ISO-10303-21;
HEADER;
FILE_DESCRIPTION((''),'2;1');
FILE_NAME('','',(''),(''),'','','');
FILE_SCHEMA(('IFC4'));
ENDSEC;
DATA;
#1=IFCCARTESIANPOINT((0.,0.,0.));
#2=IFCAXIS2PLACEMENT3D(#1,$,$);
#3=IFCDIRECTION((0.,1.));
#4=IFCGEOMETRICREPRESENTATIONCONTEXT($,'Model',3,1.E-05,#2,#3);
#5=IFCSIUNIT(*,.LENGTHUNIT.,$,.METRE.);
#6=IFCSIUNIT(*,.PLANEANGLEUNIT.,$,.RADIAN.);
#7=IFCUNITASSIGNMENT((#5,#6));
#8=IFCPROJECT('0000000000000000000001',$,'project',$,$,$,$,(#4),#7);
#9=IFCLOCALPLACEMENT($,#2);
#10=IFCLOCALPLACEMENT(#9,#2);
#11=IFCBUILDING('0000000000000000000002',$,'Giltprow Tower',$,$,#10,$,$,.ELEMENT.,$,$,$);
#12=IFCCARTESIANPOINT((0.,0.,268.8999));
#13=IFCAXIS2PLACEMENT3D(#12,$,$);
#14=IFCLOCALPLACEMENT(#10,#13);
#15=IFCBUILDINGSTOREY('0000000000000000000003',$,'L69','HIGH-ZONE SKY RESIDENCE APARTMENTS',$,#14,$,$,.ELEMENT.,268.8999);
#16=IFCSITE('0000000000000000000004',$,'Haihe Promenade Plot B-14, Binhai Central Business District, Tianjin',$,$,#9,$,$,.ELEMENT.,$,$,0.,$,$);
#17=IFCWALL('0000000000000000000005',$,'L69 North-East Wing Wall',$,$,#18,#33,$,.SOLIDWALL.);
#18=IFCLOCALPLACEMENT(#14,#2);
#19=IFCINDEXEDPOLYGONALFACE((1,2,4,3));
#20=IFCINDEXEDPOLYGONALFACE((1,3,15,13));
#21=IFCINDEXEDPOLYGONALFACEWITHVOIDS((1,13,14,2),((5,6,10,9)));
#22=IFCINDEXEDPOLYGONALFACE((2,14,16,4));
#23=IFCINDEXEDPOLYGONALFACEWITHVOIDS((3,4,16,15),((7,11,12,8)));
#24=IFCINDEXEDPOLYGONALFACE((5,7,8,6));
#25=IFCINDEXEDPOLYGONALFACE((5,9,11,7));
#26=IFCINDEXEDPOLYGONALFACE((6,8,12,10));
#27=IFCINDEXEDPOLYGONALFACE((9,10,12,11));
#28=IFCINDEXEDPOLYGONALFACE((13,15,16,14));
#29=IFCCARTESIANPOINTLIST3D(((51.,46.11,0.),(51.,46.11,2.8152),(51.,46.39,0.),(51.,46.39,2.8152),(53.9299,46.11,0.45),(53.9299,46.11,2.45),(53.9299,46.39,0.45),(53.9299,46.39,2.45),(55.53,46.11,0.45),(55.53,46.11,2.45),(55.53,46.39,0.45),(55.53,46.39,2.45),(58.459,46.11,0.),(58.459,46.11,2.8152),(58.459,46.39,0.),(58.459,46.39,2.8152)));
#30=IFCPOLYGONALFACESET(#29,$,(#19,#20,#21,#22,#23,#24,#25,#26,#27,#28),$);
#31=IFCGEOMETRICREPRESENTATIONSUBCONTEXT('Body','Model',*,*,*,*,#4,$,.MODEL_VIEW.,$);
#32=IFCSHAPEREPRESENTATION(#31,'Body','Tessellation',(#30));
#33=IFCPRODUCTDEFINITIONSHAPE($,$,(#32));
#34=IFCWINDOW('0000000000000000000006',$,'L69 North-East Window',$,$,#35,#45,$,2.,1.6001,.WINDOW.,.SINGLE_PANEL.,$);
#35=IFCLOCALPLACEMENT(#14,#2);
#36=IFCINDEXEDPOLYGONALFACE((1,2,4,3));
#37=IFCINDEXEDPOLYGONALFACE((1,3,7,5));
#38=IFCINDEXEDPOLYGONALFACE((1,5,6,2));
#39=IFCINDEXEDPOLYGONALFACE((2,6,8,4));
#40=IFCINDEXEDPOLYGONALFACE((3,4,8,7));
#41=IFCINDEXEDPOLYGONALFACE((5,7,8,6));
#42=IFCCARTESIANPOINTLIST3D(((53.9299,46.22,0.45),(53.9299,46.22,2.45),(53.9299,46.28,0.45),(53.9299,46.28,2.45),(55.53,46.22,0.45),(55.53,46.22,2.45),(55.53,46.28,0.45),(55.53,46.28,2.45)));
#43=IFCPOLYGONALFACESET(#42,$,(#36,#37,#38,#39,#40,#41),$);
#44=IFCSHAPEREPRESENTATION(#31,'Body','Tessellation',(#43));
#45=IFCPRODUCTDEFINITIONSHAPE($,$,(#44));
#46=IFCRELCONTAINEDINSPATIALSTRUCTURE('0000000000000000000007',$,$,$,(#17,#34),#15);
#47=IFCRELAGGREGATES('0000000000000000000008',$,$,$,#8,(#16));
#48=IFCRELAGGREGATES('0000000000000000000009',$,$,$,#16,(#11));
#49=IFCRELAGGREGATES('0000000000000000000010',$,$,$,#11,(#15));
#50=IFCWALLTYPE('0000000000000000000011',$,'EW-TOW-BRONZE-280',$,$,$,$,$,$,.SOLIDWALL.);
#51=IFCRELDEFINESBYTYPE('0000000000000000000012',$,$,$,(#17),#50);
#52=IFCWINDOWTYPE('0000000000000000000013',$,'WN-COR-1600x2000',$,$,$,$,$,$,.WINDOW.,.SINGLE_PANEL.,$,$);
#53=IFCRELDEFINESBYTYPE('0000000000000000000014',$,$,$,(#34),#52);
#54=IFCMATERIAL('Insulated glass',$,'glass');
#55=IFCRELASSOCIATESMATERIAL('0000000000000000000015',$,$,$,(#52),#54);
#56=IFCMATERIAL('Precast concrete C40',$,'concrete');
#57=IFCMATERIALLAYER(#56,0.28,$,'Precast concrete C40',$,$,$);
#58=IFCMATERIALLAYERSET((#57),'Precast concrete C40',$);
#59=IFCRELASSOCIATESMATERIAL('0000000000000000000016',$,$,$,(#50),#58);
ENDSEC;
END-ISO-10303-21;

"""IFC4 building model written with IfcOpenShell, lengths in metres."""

from ifc_helpers import new_model, si_unit, direction, frame, frame_2d, origin, place, context, subcontext, project, spatial, rectangle, extrude, source, transform, mapped, material, layer, layer_set, type_object, element, fill, save


model = new_model("IFC4")

# Units and contexts
model_context = context("Model", 3, precision=1e-05, world=origin(), true_north=direction((0.0, 1.0)))
body_context = subcontext(model_context, "Body", "Model", "MODEL_VIEW")
ifc_project = project(units=[si_unit("LENGTHUNIT", "METRE"), si_unit("PLANEANGLEUNIT", "RADIAN")], contexts=[model_context])

# Site, building, storey
site_placement = place(None, origin())
site = spatial("IfcSite", under=ifc_project, at=site_placement, Name="Haihe Promenade Plot B-14, Binhai Central Business District, Tianjin", CompositionType="ELEMENT", RefElevation=0.0)
building_placement = place(site_placement, origin())
building = spatial("IfcBuilding", under=site, at=building_placement, Name="Giltprow Tower", CompositionType="ELEMENT")
storey_placement = place(building_placement, frame((0.0, 0.0, 268.8999)))
storey = spatial("IfcBuildingStorey", under=building, at=storey_placement, Name="L69", Description="HIGH-ZONE SKY RESIDENCE APARTMENTS", CompositionType="ELEMENT", Elevation=268.8999)

# Wall, opening, window
ifc_material_1 = material(Name="Precast concrete C40", Category="concrete")
ifc_material_2 = material(Name="Insulated glass", Category="glass")
window_type = type_object("IfcWindowType", Name="WN-COR-1600x2000", PartitioningType="SINGLE_PANEL", PredefinedType="WINDOW", material=ifc_material_2)
shared_shape_1 = source(origin(), body_context, "Body", "SweptSolid", [
    extrude(rectangle(XDim=1.6001, YDim=2.0, at=frame_2d((0.8, 1.0))), frame((0.0, 0.03, 0.0), z_axis=(0.0, -1.0, 0.0), x_axis=(1.0, 0.0, 0.0)), (0.0, 0.0, 1.0), 0.0601),
])
ifc_layer_1 = layer(ifc_material_1, 0.28, Name="Precast concrete C40")
ifc_layer_set_1 = layer_set([ifc_layer_1], Name="Precast concrete C40")
wall_type_1 = type_object("IfcWallType", Name="EW-TOW-BRONZE-280", PredefinedType="SOLIDWALL", material=ifc_layer_set_1)
wall_1_placement = place(storey_placement, frame((51.0, 46.25, 0.0), z_axis=(0.0, 0.0, 1.0), x_axis=(1.0, 0.0, 0.0)))
wall_1 = element("IfcWall", 1, at=wall_1_placement, inside=storey, type_object=wall_type_1, Name="L69 North-East Wing Wall", PredefinedType="SOLIDWALL", context=body_context, shape_type="SweptSolid", body=[
    extrude(rectangle(XDim=7.459, YDim=0.28, at=frame_2d((3.7295, 0.0))), origin(), (0.0, 0.0, 1.0), 2.8152),
])
opening_1_placement = place(wall_1_placement, frame((2.9299, 0.0, 0.45)))
opening_1 = element("IfcOpeningElement", 2, at=opening_1_placement, cuts=wall_1, PredefinedType="OPENING", context=body_context, shape_type="SweptSolid", body=[
    extrude(rectangle(XDim=1.6001, YDim=2.0, at=frame_2d((0.8, 1.0))), frame((0.0, 0.1499, 0.0), z_axis=(0.0, -1.0, 0.0), x_axis=(1.0, 0.0, 0.0)), (0.0, 0.0, 1.0), 0.3),
])
window_1_placement = place(opening_1_placement, origin())
window_1 = element("IfcWindow", 3, at=window_1_placement, inside=storey, type_object=window_type, Name="L69 North-East Window", OverallHeight=2.0, OverallWidth=1.6001, PartitioningType="SINGLE_PANEL", PredefinedType="WINDOW", context=body_context, shape_type="MappedRepresentation", body=[
    mapped(shared_shape_1, transform((0.0, 0.0, 0.0), x_axis=(1.0, 0.0, 0.0), y_axis=(0.0, 1.0, 0.0), z_axis=(0.0, 0.0, 1.0), scale=1.0)),
])
fill(opening_1, window_1)

save(model, "model.ifc")
